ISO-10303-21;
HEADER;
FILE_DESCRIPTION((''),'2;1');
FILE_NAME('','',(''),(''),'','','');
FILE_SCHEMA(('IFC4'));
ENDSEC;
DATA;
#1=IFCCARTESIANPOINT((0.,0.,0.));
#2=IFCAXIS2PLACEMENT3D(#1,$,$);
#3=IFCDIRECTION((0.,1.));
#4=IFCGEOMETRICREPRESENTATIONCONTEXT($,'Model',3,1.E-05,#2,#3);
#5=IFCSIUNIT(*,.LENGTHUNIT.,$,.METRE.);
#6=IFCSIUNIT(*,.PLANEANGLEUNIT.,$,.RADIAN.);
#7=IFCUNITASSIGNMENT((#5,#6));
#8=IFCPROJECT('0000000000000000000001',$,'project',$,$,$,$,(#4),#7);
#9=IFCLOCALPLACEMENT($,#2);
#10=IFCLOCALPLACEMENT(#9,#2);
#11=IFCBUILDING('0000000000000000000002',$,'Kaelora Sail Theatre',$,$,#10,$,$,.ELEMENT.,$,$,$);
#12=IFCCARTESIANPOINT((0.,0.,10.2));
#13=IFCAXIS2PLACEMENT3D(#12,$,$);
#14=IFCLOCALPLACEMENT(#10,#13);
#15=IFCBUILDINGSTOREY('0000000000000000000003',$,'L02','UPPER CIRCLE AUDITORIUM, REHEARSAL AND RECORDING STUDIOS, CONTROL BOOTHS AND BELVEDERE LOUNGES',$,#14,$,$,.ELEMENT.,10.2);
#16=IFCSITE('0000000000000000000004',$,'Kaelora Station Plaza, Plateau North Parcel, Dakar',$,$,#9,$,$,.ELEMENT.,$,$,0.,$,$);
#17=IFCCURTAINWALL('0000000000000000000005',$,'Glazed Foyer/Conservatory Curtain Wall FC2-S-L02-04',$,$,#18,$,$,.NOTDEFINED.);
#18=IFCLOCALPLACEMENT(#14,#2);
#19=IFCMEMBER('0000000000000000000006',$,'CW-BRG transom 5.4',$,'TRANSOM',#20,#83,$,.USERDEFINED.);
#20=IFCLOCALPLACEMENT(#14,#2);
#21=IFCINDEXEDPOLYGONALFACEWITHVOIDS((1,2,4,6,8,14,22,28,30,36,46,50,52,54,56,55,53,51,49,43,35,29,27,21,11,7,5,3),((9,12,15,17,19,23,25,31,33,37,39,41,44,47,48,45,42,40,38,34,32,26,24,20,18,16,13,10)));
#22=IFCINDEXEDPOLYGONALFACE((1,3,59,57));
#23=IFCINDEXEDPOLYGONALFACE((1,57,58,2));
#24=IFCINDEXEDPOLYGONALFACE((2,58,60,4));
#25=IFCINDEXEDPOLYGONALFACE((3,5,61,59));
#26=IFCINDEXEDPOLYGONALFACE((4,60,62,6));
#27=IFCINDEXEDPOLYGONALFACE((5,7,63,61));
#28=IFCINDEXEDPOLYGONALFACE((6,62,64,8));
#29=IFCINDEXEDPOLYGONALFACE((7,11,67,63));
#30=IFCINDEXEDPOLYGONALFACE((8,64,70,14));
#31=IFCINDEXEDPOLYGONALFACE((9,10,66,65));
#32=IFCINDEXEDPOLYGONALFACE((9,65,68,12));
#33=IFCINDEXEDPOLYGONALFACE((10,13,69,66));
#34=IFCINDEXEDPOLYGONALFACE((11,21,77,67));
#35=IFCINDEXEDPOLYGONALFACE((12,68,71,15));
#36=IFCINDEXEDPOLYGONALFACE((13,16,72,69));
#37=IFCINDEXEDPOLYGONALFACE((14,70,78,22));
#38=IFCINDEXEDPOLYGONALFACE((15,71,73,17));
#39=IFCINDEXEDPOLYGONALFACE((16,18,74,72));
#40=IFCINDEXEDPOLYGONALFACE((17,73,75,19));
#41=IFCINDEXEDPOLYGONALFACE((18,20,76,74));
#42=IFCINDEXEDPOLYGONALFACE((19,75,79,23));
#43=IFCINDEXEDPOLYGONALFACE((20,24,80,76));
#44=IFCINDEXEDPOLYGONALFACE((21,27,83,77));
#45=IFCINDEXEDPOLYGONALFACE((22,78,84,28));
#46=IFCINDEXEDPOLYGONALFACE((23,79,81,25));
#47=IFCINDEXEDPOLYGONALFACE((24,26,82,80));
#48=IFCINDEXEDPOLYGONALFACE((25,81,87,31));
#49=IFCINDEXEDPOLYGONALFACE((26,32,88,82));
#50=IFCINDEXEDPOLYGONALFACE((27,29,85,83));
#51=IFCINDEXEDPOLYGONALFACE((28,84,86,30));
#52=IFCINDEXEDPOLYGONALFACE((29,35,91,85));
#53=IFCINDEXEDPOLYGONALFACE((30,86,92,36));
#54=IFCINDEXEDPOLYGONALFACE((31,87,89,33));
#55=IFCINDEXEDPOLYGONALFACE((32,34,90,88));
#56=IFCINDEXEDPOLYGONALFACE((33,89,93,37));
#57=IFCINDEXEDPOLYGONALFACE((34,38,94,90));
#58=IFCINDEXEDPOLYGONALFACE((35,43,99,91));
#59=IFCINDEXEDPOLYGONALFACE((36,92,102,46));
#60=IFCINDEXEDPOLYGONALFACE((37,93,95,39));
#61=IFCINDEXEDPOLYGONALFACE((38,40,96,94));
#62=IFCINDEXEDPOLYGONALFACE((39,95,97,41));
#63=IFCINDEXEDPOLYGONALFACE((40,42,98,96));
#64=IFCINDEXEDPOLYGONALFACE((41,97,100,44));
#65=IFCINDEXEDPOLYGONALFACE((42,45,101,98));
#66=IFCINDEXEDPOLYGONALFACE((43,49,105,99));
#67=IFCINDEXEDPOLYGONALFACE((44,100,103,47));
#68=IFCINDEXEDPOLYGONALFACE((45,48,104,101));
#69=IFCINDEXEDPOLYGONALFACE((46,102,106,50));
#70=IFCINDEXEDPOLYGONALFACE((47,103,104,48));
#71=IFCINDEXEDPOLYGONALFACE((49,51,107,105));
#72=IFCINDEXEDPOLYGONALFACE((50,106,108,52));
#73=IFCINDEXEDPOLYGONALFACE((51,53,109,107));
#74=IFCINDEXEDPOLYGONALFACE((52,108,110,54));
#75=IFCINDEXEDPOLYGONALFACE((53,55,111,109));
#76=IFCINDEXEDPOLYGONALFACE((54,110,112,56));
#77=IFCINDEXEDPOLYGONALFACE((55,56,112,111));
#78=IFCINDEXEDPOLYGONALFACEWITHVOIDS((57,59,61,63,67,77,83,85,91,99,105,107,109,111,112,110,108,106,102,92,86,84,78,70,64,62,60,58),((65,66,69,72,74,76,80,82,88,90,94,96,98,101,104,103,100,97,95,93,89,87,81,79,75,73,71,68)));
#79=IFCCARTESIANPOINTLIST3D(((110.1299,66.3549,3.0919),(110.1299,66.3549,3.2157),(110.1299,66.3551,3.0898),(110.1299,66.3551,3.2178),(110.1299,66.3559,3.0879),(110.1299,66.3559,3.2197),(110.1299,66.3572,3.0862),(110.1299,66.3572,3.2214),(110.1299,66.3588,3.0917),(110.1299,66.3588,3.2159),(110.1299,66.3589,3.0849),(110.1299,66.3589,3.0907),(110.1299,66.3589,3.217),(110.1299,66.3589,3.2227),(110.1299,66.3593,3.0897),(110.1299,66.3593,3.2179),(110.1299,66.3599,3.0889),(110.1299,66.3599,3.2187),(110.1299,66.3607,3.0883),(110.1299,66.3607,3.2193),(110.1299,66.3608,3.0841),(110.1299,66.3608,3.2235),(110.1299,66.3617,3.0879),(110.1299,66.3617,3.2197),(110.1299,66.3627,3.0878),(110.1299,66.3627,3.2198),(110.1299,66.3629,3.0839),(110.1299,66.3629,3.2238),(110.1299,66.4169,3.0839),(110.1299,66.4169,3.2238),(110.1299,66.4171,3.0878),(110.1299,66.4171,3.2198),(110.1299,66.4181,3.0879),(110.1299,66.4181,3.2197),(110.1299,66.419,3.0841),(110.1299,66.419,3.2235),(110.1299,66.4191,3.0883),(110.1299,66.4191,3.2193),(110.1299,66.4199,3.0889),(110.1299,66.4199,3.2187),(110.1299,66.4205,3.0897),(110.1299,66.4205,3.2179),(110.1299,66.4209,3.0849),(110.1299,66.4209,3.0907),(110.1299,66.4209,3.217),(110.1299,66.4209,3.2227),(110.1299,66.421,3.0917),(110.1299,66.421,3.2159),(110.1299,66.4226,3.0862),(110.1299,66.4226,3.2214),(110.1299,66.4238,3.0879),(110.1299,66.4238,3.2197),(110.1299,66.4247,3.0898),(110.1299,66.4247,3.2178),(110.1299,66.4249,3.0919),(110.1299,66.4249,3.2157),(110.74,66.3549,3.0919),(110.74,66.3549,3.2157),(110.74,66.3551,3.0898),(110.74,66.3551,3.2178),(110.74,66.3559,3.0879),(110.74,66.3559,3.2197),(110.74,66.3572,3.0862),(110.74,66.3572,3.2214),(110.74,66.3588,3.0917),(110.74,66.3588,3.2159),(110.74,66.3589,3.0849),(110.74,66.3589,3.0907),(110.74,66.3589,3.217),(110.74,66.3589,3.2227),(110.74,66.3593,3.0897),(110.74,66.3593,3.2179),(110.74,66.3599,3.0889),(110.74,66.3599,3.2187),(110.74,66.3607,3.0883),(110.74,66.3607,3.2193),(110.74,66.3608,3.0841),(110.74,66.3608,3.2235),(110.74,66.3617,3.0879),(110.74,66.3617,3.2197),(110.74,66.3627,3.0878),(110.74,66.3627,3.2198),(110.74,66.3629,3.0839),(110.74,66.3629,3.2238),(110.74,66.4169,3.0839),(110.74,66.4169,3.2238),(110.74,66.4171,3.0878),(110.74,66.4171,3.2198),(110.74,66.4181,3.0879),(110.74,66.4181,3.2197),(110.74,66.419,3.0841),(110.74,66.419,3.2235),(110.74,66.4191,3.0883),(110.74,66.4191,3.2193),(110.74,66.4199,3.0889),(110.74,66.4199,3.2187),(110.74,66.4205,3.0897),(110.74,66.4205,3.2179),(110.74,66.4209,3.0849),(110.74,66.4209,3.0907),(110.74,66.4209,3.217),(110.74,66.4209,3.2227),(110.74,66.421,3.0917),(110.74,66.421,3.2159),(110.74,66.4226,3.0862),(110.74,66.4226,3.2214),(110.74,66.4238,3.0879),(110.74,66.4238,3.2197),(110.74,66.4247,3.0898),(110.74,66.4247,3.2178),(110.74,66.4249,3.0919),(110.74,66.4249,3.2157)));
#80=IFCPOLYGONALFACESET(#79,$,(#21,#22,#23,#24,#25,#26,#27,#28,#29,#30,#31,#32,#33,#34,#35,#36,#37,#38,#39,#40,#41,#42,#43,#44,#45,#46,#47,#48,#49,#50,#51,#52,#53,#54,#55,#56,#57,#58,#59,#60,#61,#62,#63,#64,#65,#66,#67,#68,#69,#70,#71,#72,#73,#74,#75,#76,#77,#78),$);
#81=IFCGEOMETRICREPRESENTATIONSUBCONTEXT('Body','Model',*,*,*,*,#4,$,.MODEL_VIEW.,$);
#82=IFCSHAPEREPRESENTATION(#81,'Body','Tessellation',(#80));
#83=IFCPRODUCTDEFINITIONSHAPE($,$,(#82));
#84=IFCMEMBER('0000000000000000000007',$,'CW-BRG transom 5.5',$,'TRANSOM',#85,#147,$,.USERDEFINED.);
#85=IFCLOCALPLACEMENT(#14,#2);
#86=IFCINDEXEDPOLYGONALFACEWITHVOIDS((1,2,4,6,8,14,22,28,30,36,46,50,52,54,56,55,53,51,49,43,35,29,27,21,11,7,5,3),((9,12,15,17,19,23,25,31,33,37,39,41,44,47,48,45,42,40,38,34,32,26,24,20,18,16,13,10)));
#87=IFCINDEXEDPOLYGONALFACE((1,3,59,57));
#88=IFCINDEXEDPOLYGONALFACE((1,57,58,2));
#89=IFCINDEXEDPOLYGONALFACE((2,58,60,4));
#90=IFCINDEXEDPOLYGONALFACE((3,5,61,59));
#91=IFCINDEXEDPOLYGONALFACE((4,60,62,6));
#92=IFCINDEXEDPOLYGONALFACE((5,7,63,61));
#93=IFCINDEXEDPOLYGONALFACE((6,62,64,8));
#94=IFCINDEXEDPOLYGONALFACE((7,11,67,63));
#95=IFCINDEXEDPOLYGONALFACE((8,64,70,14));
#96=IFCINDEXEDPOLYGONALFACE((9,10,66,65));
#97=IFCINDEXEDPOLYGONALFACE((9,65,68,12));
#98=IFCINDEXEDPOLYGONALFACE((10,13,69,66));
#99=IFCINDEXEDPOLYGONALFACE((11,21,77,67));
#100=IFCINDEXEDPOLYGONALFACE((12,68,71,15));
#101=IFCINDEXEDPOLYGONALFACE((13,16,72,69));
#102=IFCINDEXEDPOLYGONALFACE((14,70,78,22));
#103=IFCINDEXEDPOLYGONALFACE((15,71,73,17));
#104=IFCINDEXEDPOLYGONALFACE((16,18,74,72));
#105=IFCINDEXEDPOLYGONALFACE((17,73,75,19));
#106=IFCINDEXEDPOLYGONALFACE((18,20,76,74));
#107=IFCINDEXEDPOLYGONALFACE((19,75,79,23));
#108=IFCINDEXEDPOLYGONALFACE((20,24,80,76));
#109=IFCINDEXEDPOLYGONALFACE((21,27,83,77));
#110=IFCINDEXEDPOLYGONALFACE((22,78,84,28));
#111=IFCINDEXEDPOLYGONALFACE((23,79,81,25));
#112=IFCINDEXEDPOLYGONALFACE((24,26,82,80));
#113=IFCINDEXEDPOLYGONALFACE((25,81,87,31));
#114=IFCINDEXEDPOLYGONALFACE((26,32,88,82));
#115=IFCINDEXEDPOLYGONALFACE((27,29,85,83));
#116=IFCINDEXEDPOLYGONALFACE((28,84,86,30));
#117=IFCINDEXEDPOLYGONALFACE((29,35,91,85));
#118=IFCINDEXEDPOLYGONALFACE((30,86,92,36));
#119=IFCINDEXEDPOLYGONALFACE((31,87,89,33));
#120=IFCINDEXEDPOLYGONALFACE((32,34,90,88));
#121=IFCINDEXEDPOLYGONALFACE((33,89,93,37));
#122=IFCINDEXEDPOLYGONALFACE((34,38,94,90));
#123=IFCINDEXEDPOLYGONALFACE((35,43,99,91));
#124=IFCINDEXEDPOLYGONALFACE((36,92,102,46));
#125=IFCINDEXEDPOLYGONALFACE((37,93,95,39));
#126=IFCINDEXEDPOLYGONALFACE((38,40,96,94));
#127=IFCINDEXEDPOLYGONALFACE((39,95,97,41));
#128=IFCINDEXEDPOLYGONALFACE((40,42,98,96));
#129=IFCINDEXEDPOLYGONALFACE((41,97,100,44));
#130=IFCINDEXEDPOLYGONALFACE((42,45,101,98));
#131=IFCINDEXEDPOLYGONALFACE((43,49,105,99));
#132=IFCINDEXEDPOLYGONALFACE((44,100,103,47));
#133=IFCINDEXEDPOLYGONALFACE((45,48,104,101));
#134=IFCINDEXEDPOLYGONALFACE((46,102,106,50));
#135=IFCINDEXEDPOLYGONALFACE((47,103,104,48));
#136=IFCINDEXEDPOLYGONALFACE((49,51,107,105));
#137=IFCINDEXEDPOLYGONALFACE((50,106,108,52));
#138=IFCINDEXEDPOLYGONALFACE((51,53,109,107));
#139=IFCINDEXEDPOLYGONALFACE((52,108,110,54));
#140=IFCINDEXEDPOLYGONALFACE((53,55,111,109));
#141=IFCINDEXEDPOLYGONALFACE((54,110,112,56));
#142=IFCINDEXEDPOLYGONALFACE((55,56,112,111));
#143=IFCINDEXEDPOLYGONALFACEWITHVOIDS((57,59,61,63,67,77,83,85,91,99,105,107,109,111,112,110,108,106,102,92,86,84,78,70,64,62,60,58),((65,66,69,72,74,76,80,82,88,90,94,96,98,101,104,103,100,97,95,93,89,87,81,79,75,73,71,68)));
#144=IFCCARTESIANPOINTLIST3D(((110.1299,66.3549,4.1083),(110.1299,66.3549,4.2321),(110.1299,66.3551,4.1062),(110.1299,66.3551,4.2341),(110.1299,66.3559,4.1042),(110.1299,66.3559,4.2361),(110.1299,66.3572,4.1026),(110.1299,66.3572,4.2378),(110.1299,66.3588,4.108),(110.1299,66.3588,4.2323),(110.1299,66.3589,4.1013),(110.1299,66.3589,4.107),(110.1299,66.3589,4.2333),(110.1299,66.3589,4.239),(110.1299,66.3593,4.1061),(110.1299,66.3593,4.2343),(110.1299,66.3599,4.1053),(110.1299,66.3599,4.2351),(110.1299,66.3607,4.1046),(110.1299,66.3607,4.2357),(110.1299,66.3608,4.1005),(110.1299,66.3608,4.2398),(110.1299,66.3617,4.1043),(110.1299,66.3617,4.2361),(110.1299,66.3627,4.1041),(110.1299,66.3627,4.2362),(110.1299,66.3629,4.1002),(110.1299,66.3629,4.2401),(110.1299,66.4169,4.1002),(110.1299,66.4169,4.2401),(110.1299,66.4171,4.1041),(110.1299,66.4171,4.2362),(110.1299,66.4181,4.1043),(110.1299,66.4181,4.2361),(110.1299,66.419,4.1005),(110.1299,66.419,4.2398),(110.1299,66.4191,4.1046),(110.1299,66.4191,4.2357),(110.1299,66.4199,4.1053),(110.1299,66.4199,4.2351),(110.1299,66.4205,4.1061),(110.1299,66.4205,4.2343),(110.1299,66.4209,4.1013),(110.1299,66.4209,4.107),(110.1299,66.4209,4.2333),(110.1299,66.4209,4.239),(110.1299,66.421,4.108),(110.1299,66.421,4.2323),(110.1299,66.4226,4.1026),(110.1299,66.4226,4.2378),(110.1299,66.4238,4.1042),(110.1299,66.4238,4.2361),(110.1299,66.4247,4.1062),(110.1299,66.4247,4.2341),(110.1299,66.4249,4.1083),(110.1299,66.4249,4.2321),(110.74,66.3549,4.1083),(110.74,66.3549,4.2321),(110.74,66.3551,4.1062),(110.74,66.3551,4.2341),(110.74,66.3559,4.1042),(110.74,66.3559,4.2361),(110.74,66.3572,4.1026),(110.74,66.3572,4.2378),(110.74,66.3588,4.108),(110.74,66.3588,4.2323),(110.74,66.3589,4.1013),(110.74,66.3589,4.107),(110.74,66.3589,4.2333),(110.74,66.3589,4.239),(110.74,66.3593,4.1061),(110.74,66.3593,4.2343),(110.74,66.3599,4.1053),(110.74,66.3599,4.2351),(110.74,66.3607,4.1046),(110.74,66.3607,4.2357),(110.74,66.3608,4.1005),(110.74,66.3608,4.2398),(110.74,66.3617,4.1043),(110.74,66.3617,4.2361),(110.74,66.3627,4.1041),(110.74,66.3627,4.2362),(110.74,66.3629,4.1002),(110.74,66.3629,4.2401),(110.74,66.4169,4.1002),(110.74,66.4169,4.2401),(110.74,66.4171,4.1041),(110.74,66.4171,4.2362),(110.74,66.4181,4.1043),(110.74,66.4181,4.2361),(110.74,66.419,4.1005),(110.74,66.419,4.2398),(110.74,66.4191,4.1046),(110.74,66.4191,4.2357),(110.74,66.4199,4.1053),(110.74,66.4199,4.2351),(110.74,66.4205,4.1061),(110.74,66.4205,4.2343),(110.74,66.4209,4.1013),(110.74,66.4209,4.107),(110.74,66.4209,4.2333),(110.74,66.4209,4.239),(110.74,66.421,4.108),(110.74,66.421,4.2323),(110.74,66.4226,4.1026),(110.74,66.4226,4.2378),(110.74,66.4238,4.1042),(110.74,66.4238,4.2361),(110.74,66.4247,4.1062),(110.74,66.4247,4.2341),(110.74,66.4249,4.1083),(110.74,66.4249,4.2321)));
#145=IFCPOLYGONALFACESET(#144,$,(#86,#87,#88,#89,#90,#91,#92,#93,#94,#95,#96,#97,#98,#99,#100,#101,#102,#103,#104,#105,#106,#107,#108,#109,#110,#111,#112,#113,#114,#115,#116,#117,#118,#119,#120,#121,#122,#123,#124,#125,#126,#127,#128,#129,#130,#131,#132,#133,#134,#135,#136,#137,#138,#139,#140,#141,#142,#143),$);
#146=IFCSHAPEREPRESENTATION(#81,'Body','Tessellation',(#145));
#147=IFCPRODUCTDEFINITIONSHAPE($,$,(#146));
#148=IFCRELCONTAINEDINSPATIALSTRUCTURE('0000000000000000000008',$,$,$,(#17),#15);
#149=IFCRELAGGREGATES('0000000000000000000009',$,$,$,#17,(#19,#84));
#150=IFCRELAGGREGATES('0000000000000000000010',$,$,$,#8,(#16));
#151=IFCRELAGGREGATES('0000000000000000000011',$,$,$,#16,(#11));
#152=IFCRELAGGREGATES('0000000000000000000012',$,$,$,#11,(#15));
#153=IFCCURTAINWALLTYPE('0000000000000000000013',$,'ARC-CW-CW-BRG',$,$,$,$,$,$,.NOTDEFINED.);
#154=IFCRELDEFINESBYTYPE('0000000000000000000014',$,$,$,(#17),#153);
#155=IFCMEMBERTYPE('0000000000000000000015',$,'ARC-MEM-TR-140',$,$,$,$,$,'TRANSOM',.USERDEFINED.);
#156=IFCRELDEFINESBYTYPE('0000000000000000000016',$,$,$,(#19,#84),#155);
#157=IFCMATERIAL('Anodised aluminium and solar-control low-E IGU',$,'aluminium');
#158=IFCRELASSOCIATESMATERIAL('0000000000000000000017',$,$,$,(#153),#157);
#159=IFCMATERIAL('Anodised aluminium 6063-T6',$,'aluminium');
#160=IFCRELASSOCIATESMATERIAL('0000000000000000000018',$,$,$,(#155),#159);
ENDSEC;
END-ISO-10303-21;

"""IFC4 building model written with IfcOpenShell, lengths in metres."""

from ifc_helpers import new_model, si_unit, direction, frame, origin, origin_2d, place, context, subcontext, project, spatial, hollow_rectangle, extrude, material, material_profile, profile_set, type_object, element, aggregate, save


model = new_model("IFC4")

# Units and contexts
model_context = context("Model", 3, precision=1e-05, world=origin(), true_north=direction((0.0, 1.0)))
body_context = subcontext(model_context, "Body", "Model", "MODEL_VIEW")
ifc_project = project(units=[si_unit("LENGTHUNIT", "METRE"), si_unit("PLANEANGLEUNIT", "RADIAN")], contexts=[model_context])

# Site, building, storey
site_placement = place(None, origin())
site = spatial("IfcSite", under=ifc_project, at=site_placement, Name="Kaelora Station Plaza, Plateau North Parcel, Dakar", CompositionType="ELEMENT", RefElevation=0.0)
building_placement = place(site_placement, origin())
building = spatial("IfcBuilding", under=site, at=building_placement, Name="Kaelora Sail Theatre", CompositionType="ELEMENT")
storey_placement = place(building_placement, frame((0.0, 0.0, 10.2)))
storey = spatial("IfcBuildingStorey", under=building, at=storey_placement, Name="L02", Description="UPPER CIRCLE AUDITORIUM, REHEARSAL AND RECORDING STUDIOS, CONTROL BOOTHS AND BELVEDERE LOUNGES", CompositionType="ELEMENT", Elevation=10.2)

# Curtain wall
ifc_material_1 = material(Name="Anodised aluminium and solar-control low-E IGU", Category="aluminium")
curtain_wall_type = type_object("IfcCurtainWallType", Name="ARC-CW-CW-BRG", PredefinedType="NOTDEFINED", material=ifc_material_1)
curtain_wall_1_placement = place(storey_placement, origin())
curtain_wall_1 = element("IfcCurtainWall", 1, at=curtain_wall_1_placement, inside=storey, type_object=curtain_wall_type, Name="Glazed Foyer/Conservatory Curtain Wall FC2-S-L02-04", PredefinedType="NOTDEFINED")

# Members
ifc_material_2 = material(Name="Anodised aluminium 6063-T6", Category="aluminium")
ifc_material_profile_1 = material_profile(ifc_material_2, hollow_rectangle(XDim=0.0701, YDim=0.1399, WallThickness=0.0039, InnerFilletRadius=0.0039, OuterFilletRadius=0.0081, at=origin_2d()), Name="ALU-TRAN 70x140x4")
ifc_profile_set_1 = profile_set([ifc_material_profile_1], Name="Anodised aluminium 6063-T6")
member_type_1 = type_object("IfcMemberType", Name="ARC-MEM-TR-140", ElementType="TRANSOM", PredefinedType="USERDEFINED", material=ifc_profile_set_1)
member_1_placement = place(storey_placement, frame((110.1299, 66.3899, 3.1538), z_axis=(1.0, 0.0, 0.0), x_axis=(0.0, 1.0, 0.0)))
member_1 = element("IfcMember", 2, at=member_1_placement, type_object=member_type_1, Name="CW-BRG transom 5.4", ObjectType="TRANSOM", PredefinedType="USERDEFINED", context=body_context, shape_type="SweptSolid", body=[
    extrude(hollow_rectangle(XDim=0.0701, YDim=0.1399, WallThickness=0.0039, InnerFilletRadius=0.0039, OuterFilletRadius=0.0081, at=origin_2d()), origin(), (0.0, 0.0, 1.0), 0.6101),
])
member_2_placement = place(storey_placement, frame((110.1299, 66.3899, 4.1702), z_axis=(1.0, 0.0, 0.0), x_axis=(0.0, 1.0, 0.0)))
member_2 = element("IfcMember", 3, at=member_2_placement, type_object=member_type_1, Name="CW-BRG transom 5.5", ObjectType="TRANSOM", PredefinedType="USERDEFINED", context=body_context, shape_type="SweptSolid", body=[
    extrude(hollow_rectangle(XDim=0.0701, YDim=0.1399, WallThickness=0.0039, InnerFilletRadius=0.0039, OuterFilletRadius=0.0081, at=origin_2d()), origin(), (0.0, 0.0, 1.0), 0.6101),
])

aggregate(curtain_wall_1, [member_1, member_2])

save(model, "model.ifc")
